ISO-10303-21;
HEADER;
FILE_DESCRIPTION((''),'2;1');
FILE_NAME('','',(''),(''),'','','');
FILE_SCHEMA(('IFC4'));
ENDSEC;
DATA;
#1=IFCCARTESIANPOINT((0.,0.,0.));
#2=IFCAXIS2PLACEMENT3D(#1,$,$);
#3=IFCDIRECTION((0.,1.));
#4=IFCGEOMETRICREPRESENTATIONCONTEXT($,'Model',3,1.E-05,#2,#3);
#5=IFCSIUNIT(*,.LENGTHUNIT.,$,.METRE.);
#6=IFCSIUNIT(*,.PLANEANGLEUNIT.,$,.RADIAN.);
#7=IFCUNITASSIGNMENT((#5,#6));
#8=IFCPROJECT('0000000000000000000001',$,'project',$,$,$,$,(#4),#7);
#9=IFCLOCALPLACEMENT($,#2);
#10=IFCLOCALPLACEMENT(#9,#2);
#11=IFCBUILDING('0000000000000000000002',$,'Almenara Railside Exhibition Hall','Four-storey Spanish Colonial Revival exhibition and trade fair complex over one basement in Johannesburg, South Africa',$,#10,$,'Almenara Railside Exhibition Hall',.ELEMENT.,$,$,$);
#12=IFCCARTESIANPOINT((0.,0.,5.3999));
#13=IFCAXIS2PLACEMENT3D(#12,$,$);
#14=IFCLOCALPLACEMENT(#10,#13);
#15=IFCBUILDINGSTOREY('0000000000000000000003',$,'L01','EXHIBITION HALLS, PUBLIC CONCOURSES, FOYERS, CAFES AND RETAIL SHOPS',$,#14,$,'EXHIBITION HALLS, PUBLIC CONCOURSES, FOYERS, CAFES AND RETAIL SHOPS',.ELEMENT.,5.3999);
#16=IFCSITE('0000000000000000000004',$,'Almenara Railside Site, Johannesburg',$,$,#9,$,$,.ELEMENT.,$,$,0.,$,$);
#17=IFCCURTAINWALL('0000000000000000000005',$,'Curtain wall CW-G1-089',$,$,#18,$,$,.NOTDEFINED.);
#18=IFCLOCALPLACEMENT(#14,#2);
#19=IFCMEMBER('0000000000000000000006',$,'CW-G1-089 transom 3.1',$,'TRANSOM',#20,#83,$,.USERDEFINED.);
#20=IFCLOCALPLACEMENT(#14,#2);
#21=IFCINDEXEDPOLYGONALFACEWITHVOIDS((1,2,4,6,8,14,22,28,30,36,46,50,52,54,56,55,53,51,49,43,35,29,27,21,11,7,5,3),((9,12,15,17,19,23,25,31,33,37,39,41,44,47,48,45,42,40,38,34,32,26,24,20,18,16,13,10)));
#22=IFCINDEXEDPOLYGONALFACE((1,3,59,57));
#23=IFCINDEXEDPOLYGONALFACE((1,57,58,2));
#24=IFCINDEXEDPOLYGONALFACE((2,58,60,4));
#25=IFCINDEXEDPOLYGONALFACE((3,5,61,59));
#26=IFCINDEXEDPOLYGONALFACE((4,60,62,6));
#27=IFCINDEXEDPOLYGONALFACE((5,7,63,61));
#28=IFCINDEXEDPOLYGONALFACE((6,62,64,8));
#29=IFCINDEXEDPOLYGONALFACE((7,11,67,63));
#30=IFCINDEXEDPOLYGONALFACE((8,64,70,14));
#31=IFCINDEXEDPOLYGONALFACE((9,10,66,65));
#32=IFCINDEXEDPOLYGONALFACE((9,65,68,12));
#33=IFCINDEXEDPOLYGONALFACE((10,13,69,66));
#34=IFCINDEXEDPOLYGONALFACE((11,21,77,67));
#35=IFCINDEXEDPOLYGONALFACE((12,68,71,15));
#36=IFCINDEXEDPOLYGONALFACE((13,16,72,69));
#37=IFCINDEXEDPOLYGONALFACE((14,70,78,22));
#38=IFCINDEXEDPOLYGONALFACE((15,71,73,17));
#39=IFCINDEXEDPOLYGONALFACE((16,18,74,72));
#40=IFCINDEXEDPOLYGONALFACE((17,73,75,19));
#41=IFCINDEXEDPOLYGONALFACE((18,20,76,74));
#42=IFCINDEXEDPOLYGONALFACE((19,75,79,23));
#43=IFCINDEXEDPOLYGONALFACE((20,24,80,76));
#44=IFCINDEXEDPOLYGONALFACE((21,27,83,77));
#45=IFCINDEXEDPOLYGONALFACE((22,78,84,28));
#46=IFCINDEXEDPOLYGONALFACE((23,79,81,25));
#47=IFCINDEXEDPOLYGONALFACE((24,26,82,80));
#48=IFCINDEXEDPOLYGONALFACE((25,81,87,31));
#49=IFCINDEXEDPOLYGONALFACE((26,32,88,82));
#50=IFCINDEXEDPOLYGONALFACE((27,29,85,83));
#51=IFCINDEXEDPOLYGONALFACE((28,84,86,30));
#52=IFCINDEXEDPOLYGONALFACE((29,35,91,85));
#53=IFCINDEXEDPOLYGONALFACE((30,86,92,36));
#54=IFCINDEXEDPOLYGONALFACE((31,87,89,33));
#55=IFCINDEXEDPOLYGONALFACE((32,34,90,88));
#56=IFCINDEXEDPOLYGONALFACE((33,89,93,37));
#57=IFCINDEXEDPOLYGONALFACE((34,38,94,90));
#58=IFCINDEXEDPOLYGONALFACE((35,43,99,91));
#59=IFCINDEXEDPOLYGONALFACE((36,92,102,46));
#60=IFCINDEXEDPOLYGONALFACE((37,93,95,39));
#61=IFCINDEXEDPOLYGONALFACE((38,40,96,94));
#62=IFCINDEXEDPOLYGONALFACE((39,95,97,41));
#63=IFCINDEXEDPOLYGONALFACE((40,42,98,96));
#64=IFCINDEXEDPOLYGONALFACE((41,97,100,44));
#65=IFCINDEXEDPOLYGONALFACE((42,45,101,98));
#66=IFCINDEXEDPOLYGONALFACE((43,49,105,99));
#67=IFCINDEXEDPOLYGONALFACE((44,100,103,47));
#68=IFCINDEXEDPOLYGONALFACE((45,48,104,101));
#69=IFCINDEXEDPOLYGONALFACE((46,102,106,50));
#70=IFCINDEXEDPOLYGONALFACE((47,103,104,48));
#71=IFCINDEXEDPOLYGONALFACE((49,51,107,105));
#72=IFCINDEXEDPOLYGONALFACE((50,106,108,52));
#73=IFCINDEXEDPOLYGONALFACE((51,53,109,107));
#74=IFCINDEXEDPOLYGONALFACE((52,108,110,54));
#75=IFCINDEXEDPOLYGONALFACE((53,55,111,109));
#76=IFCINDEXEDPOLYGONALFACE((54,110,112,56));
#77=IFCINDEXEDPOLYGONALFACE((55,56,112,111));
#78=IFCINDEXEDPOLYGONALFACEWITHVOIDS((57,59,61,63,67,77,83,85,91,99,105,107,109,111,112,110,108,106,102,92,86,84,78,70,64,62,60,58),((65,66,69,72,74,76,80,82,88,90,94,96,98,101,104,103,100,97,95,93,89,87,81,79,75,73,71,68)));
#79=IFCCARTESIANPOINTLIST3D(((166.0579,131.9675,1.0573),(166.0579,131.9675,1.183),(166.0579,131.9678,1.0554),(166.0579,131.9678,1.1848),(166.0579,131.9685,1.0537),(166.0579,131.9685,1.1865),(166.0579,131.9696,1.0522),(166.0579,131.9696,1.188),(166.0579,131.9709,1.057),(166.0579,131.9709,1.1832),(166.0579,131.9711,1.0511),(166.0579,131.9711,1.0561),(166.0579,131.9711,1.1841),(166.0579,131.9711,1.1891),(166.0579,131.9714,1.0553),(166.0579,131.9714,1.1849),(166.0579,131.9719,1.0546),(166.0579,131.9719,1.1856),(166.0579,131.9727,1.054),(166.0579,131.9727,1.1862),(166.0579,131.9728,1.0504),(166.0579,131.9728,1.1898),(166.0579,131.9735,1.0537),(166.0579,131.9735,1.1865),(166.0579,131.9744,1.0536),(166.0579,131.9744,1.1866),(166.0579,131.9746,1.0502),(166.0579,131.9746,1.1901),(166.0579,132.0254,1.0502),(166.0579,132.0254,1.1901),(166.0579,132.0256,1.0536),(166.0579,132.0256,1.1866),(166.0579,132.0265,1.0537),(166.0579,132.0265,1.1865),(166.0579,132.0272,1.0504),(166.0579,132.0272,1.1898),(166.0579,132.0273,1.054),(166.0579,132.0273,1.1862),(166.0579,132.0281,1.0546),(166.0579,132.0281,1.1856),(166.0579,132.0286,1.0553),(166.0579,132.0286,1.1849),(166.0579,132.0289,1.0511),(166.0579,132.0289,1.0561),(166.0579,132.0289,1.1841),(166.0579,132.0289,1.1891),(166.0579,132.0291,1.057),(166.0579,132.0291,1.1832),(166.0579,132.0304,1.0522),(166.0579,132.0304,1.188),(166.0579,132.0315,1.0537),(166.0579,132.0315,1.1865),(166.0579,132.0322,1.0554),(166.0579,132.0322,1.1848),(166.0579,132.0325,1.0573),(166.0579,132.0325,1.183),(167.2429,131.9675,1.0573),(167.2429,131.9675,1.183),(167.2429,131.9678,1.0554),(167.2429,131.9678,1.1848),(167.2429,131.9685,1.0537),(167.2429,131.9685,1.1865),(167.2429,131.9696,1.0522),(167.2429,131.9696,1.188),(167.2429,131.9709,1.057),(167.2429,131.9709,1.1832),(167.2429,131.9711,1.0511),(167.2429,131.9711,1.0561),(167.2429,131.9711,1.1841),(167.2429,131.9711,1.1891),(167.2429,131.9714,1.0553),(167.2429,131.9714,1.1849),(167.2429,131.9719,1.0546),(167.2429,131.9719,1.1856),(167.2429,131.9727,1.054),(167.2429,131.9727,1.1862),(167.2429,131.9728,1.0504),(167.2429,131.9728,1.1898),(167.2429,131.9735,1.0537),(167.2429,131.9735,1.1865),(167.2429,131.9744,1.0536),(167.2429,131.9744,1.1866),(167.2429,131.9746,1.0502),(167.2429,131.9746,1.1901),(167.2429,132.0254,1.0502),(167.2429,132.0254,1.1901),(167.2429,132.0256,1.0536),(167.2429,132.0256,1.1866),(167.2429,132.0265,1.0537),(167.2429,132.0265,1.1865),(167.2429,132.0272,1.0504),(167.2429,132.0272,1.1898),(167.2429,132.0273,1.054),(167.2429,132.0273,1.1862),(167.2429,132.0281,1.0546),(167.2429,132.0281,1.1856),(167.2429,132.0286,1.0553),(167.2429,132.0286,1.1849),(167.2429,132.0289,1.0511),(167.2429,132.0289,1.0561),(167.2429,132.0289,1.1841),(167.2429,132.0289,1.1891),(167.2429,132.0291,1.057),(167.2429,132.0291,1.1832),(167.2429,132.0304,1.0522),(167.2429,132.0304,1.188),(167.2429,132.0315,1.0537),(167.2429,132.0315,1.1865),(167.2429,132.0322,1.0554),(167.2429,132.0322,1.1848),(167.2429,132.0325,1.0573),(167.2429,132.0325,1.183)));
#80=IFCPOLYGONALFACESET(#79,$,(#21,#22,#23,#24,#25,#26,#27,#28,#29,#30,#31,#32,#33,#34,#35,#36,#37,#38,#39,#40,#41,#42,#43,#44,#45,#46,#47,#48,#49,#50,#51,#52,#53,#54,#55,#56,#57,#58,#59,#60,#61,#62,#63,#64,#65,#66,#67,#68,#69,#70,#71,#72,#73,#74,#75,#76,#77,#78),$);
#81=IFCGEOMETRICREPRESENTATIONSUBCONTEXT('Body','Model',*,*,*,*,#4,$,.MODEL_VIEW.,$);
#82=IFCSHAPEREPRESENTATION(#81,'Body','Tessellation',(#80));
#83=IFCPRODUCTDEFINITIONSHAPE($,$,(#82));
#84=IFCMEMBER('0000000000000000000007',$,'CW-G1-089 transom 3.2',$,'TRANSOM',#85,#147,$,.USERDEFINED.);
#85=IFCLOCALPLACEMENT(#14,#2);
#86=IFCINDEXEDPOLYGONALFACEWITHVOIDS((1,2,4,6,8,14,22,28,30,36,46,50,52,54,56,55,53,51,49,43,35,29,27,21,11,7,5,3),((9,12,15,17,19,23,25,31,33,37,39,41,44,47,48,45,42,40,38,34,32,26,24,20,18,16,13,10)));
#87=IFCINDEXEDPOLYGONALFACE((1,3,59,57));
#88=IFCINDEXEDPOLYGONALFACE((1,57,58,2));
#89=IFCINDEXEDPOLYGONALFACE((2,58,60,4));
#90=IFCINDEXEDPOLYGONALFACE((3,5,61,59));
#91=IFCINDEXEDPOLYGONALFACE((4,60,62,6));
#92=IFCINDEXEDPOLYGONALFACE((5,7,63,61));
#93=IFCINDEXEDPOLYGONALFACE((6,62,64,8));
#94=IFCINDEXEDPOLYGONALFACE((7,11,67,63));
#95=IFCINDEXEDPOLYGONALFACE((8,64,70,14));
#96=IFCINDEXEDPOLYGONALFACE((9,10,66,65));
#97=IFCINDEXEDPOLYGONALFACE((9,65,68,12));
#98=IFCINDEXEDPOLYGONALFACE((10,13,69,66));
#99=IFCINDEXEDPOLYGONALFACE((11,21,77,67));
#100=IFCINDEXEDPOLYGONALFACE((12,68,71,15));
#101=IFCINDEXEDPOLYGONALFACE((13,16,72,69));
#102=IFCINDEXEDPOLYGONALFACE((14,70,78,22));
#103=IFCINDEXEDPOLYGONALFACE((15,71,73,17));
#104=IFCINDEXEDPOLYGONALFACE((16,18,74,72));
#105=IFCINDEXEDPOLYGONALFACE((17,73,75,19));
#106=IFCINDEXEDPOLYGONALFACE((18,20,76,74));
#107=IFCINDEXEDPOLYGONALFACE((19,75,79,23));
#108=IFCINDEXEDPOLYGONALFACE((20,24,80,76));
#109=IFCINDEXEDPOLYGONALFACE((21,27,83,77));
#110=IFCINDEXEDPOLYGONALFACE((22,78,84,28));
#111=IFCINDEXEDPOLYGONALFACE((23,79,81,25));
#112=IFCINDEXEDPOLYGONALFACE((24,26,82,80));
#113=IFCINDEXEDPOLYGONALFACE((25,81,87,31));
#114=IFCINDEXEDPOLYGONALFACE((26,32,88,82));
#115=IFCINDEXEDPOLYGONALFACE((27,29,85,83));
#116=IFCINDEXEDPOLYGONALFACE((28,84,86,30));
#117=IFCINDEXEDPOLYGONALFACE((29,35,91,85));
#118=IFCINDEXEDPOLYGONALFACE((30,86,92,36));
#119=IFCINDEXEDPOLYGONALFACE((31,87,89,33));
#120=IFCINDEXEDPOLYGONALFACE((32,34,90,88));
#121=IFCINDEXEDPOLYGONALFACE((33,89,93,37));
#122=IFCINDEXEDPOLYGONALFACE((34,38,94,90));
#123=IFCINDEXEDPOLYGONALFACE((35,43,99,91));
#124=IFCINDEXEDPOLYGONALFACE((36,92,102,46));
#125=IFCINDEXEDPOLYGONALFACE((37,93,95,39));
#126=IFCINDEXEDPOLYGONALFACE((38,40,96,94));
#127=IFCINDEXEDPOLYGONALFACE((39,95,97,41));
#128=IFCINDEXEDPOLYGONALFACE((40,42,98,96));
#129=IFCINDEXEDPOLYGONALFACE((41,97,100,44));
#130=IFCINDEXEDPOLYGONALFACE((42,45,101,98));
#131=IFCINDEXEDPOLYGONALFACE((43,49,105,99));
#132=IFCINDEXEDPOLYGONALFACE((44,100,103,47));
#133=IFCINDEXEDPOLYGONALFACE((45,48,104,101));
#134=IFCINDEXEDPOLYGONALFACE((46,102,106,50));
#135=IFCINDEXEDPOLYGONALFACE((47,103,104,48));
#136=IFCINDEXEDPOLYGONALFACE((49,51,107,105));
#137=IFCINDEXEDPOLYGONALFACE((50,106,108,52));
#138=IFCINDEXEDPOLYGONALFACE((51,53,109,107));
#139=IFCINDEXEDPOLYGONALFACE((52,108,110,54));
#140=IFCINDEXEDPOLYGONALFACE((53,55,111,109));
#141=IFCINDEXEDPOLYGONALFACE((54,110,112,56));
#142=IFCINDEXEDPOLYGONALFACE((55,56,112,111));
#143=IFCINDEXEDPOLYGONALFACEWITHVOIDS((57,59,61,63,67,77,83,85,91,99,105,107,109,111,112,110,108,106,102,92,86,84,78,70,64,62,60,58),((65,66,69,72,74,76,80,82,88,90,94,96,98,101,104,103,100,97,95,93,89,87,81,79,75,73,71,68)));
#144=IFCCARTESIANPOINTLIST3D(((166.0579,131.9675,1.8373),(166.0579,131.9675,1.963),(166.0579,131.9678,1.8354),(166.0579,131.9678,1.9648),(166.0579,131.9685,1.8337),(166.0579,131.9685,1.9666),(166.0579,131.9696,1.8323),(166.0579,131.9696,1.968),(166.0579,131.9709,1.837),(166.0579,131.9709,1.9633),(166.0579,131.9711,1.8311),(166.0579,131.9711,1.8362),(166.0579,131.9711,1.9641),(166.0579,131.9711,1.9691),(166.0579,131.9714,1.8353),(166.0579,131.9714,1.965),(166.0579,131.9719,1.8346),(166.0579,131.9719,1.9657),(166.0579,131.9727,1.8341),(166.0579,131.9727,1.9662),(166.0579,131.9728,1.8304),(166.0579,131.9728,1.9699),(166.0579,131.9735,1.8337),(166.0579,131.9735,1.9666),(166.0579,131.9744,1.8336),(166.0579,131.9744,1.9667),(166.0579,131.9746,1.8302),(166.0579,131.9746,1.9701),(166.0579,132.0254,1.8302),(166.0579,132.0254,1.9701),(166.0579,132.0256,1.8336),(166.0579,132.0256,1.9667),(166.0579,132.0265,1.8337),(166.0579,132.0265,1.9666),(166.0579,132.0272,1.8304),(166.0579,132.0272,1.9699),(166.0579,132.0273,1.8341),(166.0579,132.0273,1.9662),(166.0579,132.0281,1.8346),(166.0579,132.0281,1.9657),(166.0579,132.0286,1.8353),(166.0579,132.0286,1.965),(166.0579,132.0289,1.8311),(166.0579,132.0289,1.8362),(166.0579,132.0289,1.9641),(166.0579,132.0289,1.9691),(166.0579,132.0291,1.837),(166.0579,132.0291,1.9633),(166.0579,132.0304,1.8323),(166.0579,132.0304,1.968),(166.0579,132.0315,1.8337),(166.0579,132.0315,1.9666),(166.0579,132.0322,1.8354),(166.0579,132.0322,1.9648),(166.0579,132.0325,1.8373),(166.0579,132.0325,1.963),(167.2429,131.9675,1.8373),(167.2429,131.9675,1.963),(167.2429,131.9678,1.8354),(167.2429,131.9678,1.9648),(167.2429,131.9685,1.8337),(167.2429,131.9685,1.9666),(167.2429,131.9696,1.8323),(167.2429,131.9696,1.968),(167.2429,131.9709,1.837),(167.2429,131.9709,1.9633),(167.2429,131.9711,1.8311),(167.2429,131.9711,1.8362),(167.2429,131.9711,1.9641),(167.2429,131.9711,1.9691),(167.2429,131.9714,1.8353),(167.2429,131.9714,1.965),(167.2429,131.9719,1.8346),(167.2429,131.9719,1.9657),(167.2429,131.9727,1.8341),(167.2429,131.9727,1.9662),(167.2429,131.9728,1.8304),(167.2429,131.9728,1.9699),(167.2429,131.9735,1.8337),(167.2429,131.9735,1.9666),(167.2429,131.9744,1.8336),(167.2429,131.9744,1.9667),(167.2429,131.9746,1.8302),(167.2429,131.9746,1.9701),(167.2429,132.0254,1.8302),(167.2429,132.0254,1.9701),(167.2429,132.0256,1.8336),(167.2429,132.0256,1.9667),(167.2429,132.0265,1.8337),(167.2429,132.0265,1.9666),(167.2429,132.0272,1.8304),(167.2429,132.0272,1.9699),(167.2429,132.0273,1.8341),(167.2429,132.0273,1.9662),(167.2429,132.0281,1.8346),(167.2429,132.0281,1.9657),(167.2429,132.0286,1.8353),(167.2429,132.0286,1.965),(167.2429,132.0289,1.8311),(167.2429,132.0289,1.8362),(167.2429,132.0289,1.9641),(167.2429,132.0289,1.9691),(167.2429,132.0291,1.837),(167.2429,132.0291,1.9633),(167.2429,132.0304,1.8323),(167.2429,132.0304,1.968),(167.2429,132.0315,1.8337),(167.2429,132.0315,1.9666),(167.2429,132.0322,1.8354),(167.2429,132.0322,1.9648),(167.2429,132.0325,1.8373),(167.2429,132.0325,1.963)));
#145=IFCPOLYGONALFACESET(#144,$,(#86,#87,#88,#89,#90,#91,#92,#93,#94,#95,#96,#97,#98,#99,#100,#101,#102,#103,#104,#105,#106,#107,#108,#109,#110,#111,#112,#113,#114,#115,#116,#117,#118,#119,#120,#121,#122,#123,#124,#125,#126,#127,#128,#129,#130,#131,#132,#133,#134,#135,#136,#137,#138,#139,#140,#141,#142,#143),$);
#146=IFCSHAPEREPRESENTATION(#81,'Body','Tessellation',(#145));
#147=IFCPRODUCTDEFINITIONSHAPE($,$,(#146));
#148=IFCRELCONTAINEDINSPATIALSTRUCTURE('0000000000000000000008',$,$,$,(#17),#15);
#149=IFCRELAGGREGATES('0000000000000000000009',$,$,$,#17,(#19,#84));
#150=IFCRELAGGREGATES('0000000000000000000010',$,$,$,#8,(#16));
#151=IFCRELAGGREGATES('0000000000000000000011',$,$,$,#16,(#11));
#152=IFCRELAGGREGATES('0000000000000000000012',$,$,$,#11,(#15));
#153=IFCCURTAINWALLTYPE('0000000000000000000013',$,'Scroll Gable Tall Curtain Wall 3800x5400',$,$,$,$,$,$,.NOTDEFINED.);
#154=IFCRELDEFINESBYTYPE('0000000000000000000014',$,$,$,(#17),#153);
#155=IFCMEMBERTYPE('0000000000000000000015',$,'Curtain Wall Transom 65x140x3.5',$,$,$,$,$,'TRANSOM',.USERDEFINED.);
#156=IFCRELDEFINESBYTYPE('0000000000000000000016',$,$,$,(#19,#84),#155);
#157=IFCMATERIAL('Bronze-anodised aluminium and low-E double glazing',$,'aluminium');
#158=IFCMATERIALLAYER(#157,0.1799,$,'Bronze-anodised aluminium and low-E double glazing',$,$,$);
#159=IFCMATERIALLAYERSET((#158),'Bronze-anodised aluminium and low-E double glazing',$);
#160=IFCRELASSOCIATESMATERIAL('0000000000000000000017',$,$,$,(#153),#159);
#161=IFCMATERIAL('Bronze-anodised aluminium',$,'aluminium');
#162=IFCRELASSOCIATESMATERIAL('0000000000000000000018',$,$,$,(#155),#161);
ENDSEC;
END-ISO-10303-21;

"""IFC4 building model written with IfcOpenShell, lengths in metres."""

from ifc_helpers import new_model, si_unit, direction, frame, origin, origin_2d, place, context, subcontext, project, spatial, hollow_rectangle, extrude, material, layer, layer_set, material_profile, profile_set, type_object, element, aggregate, save


model = new_model("IFC4")

# Units and contexts
model_context = context("Model", 3, precision=1e-05, world=origin(), true_north=direction((0.0, 1.0)))
body_context = subcontext(model_context, "Body", "Model", "MODEL_VIEW")
ifc_project = project(units=[si_unit("LENGTHUNIT", "METRE"), si_unit("PLANEANGLEUNIT", "RADIAN")], contexts=[model_context])

# Site, building, storey
site_placement = place(None, origin())
site = spatial("IfcSite", under=ifc_project, at=site_placement, Name="Almenara Railside Site, Johannesburg", CompositionType="ELEMENT", RefElevation=0.0)
building_placement = place(site_placement, origin())
building = spatial("IfcBuilding", under=site, at=building_placement, Name="Almenara Railside Exhibition Hall", Description="Four-storey Spanish Colonial Revival exhibition and trade fair complex over one basement in Johannesburg, South Africa", LongName="Almenara Railside Exhibition Hall", CompositionType="ELEMENT")
storey_placement = place(building_placement, frame((0.0, 0.0, 5.3999)))
storey = spatial("IfcBuildingStorey", under=building, at=storey_placement, Name="L01", Description="EXHIBITION HALLS, PUBLIC CONCOURSES, FOYERS, CAFES AND RETAIL SHOPS", LongName="EXHIBITION HALLS, PUBLIC CONCOURSES, FOYERS, CAFES AND RETAIL SHOPS", CompositionType="ELEMENT", Elevation=5.3999)

# Shared definitions
ifc_material_1 = material(Name="Bronze-anodised aluminium and low-E double glazing", Category="aluminium")
ifc_layer_1 = layer(ifc_material_1, 0.1799, Name="Bronze-anodised aluminium and low-E double glazing")
ifc_layer_set_1 = layer_set([ifc_layer_1], Name="Bronze-anodised aluminium and low-E double glazing")
curtain_wall_type = type_object("IfcCurtainWallType", Name="Scroll Gable Tall Curtain Wall 3800x5400", PredefinedType="NOTDEFINED", material=ifc_layer_set_1)
ifc_material_2 = material(Name="Bronze-anodised aluminium", Category="aluminium")

# Curtain wall
curtain_wall_1_placement = place(storey_placement, origin())
curtain_wall_1 = element("IfcCurtainWall", 1, at=curtain_wall_1_placement, inside=storey, type_object=curtain_wall_type, Name="Curtain wall CW-G1-089", PredefinedType="NOTDEFINED")

# Members
ifc_material_profile_1 = material_profile(ifc_material_2, hollow_rectangle(XDim=0.0649, YDim=0.1399, WallThickness=0.0034, InnerFilletRadius=0.0034, OuterFilletRadius=0.0071, at=origin_2d()), Name="ALU-TRN 65x140x3.5")
ifc_profile_set_1 = profile_set([ifc_material_profile_1], Name="Bronze-anodised aluminium")
member_type_1 = type_object("IfcMemberType", Name="Curtain Wall Transom 65x140x3.5", ElementType="TRANSOM", PredefinedType="USERDEFINED", material=ifc_profile_set_1)
member_1_placement = place(storey_placement, frame((166.0579, 132.0, 1.1201), z_axis=(1.0, 0.0, 0.0), x_axis=(0.0, 1.0, 0.0)))
member_1 = element("IfcMember", 2, at=member_1_placement, type_object=member_type_1, Name="CW-G1-089 transom 3.1", ObjectType="TRANSOM", PredefinedType="USERDEFINED", context=body_context, shape_type="SweptSolid", body=[
    extrude(hollow_rectangle(XDim=0.0649, YDim=0.1399, WallThickness=0.0034, InnerFilletRadius=0.0034, OuterFilletRadius=0.0071, at=origin_2d()), origin(), (0.0, 0.0, 1.0), 1.1851),
])
member_2_placement = place(storey_placement, frame((166.0579, 132.0, 1.9001), z_axis=(1.0, 0.0, 0.0), x_axis=(0.0, 1.0, 0.0)))
member_2 = element("IfcMember", 3, at=member_2_placement, type_object=member_type_1, Name="CW-G1-089 transom 3.2", ObjectType="TRANSOM", PredefinedType="USERDEFINED", context=body_context, shape_type="SweptSolid", body=[
    extrude(hollow_rectangle(XDim=0.0649, YDim=0.1399, WallThickness=0.0034, InnerFilletRadius=0.0034, OuterFilletRadius=0.0071, at=origin_2d()), origin(), (0.0, 0.0, 1.0), 1.1851),
])

aggregate(curtain_wall_1, [member_1, member_2])

save(model, "model.ifc")
